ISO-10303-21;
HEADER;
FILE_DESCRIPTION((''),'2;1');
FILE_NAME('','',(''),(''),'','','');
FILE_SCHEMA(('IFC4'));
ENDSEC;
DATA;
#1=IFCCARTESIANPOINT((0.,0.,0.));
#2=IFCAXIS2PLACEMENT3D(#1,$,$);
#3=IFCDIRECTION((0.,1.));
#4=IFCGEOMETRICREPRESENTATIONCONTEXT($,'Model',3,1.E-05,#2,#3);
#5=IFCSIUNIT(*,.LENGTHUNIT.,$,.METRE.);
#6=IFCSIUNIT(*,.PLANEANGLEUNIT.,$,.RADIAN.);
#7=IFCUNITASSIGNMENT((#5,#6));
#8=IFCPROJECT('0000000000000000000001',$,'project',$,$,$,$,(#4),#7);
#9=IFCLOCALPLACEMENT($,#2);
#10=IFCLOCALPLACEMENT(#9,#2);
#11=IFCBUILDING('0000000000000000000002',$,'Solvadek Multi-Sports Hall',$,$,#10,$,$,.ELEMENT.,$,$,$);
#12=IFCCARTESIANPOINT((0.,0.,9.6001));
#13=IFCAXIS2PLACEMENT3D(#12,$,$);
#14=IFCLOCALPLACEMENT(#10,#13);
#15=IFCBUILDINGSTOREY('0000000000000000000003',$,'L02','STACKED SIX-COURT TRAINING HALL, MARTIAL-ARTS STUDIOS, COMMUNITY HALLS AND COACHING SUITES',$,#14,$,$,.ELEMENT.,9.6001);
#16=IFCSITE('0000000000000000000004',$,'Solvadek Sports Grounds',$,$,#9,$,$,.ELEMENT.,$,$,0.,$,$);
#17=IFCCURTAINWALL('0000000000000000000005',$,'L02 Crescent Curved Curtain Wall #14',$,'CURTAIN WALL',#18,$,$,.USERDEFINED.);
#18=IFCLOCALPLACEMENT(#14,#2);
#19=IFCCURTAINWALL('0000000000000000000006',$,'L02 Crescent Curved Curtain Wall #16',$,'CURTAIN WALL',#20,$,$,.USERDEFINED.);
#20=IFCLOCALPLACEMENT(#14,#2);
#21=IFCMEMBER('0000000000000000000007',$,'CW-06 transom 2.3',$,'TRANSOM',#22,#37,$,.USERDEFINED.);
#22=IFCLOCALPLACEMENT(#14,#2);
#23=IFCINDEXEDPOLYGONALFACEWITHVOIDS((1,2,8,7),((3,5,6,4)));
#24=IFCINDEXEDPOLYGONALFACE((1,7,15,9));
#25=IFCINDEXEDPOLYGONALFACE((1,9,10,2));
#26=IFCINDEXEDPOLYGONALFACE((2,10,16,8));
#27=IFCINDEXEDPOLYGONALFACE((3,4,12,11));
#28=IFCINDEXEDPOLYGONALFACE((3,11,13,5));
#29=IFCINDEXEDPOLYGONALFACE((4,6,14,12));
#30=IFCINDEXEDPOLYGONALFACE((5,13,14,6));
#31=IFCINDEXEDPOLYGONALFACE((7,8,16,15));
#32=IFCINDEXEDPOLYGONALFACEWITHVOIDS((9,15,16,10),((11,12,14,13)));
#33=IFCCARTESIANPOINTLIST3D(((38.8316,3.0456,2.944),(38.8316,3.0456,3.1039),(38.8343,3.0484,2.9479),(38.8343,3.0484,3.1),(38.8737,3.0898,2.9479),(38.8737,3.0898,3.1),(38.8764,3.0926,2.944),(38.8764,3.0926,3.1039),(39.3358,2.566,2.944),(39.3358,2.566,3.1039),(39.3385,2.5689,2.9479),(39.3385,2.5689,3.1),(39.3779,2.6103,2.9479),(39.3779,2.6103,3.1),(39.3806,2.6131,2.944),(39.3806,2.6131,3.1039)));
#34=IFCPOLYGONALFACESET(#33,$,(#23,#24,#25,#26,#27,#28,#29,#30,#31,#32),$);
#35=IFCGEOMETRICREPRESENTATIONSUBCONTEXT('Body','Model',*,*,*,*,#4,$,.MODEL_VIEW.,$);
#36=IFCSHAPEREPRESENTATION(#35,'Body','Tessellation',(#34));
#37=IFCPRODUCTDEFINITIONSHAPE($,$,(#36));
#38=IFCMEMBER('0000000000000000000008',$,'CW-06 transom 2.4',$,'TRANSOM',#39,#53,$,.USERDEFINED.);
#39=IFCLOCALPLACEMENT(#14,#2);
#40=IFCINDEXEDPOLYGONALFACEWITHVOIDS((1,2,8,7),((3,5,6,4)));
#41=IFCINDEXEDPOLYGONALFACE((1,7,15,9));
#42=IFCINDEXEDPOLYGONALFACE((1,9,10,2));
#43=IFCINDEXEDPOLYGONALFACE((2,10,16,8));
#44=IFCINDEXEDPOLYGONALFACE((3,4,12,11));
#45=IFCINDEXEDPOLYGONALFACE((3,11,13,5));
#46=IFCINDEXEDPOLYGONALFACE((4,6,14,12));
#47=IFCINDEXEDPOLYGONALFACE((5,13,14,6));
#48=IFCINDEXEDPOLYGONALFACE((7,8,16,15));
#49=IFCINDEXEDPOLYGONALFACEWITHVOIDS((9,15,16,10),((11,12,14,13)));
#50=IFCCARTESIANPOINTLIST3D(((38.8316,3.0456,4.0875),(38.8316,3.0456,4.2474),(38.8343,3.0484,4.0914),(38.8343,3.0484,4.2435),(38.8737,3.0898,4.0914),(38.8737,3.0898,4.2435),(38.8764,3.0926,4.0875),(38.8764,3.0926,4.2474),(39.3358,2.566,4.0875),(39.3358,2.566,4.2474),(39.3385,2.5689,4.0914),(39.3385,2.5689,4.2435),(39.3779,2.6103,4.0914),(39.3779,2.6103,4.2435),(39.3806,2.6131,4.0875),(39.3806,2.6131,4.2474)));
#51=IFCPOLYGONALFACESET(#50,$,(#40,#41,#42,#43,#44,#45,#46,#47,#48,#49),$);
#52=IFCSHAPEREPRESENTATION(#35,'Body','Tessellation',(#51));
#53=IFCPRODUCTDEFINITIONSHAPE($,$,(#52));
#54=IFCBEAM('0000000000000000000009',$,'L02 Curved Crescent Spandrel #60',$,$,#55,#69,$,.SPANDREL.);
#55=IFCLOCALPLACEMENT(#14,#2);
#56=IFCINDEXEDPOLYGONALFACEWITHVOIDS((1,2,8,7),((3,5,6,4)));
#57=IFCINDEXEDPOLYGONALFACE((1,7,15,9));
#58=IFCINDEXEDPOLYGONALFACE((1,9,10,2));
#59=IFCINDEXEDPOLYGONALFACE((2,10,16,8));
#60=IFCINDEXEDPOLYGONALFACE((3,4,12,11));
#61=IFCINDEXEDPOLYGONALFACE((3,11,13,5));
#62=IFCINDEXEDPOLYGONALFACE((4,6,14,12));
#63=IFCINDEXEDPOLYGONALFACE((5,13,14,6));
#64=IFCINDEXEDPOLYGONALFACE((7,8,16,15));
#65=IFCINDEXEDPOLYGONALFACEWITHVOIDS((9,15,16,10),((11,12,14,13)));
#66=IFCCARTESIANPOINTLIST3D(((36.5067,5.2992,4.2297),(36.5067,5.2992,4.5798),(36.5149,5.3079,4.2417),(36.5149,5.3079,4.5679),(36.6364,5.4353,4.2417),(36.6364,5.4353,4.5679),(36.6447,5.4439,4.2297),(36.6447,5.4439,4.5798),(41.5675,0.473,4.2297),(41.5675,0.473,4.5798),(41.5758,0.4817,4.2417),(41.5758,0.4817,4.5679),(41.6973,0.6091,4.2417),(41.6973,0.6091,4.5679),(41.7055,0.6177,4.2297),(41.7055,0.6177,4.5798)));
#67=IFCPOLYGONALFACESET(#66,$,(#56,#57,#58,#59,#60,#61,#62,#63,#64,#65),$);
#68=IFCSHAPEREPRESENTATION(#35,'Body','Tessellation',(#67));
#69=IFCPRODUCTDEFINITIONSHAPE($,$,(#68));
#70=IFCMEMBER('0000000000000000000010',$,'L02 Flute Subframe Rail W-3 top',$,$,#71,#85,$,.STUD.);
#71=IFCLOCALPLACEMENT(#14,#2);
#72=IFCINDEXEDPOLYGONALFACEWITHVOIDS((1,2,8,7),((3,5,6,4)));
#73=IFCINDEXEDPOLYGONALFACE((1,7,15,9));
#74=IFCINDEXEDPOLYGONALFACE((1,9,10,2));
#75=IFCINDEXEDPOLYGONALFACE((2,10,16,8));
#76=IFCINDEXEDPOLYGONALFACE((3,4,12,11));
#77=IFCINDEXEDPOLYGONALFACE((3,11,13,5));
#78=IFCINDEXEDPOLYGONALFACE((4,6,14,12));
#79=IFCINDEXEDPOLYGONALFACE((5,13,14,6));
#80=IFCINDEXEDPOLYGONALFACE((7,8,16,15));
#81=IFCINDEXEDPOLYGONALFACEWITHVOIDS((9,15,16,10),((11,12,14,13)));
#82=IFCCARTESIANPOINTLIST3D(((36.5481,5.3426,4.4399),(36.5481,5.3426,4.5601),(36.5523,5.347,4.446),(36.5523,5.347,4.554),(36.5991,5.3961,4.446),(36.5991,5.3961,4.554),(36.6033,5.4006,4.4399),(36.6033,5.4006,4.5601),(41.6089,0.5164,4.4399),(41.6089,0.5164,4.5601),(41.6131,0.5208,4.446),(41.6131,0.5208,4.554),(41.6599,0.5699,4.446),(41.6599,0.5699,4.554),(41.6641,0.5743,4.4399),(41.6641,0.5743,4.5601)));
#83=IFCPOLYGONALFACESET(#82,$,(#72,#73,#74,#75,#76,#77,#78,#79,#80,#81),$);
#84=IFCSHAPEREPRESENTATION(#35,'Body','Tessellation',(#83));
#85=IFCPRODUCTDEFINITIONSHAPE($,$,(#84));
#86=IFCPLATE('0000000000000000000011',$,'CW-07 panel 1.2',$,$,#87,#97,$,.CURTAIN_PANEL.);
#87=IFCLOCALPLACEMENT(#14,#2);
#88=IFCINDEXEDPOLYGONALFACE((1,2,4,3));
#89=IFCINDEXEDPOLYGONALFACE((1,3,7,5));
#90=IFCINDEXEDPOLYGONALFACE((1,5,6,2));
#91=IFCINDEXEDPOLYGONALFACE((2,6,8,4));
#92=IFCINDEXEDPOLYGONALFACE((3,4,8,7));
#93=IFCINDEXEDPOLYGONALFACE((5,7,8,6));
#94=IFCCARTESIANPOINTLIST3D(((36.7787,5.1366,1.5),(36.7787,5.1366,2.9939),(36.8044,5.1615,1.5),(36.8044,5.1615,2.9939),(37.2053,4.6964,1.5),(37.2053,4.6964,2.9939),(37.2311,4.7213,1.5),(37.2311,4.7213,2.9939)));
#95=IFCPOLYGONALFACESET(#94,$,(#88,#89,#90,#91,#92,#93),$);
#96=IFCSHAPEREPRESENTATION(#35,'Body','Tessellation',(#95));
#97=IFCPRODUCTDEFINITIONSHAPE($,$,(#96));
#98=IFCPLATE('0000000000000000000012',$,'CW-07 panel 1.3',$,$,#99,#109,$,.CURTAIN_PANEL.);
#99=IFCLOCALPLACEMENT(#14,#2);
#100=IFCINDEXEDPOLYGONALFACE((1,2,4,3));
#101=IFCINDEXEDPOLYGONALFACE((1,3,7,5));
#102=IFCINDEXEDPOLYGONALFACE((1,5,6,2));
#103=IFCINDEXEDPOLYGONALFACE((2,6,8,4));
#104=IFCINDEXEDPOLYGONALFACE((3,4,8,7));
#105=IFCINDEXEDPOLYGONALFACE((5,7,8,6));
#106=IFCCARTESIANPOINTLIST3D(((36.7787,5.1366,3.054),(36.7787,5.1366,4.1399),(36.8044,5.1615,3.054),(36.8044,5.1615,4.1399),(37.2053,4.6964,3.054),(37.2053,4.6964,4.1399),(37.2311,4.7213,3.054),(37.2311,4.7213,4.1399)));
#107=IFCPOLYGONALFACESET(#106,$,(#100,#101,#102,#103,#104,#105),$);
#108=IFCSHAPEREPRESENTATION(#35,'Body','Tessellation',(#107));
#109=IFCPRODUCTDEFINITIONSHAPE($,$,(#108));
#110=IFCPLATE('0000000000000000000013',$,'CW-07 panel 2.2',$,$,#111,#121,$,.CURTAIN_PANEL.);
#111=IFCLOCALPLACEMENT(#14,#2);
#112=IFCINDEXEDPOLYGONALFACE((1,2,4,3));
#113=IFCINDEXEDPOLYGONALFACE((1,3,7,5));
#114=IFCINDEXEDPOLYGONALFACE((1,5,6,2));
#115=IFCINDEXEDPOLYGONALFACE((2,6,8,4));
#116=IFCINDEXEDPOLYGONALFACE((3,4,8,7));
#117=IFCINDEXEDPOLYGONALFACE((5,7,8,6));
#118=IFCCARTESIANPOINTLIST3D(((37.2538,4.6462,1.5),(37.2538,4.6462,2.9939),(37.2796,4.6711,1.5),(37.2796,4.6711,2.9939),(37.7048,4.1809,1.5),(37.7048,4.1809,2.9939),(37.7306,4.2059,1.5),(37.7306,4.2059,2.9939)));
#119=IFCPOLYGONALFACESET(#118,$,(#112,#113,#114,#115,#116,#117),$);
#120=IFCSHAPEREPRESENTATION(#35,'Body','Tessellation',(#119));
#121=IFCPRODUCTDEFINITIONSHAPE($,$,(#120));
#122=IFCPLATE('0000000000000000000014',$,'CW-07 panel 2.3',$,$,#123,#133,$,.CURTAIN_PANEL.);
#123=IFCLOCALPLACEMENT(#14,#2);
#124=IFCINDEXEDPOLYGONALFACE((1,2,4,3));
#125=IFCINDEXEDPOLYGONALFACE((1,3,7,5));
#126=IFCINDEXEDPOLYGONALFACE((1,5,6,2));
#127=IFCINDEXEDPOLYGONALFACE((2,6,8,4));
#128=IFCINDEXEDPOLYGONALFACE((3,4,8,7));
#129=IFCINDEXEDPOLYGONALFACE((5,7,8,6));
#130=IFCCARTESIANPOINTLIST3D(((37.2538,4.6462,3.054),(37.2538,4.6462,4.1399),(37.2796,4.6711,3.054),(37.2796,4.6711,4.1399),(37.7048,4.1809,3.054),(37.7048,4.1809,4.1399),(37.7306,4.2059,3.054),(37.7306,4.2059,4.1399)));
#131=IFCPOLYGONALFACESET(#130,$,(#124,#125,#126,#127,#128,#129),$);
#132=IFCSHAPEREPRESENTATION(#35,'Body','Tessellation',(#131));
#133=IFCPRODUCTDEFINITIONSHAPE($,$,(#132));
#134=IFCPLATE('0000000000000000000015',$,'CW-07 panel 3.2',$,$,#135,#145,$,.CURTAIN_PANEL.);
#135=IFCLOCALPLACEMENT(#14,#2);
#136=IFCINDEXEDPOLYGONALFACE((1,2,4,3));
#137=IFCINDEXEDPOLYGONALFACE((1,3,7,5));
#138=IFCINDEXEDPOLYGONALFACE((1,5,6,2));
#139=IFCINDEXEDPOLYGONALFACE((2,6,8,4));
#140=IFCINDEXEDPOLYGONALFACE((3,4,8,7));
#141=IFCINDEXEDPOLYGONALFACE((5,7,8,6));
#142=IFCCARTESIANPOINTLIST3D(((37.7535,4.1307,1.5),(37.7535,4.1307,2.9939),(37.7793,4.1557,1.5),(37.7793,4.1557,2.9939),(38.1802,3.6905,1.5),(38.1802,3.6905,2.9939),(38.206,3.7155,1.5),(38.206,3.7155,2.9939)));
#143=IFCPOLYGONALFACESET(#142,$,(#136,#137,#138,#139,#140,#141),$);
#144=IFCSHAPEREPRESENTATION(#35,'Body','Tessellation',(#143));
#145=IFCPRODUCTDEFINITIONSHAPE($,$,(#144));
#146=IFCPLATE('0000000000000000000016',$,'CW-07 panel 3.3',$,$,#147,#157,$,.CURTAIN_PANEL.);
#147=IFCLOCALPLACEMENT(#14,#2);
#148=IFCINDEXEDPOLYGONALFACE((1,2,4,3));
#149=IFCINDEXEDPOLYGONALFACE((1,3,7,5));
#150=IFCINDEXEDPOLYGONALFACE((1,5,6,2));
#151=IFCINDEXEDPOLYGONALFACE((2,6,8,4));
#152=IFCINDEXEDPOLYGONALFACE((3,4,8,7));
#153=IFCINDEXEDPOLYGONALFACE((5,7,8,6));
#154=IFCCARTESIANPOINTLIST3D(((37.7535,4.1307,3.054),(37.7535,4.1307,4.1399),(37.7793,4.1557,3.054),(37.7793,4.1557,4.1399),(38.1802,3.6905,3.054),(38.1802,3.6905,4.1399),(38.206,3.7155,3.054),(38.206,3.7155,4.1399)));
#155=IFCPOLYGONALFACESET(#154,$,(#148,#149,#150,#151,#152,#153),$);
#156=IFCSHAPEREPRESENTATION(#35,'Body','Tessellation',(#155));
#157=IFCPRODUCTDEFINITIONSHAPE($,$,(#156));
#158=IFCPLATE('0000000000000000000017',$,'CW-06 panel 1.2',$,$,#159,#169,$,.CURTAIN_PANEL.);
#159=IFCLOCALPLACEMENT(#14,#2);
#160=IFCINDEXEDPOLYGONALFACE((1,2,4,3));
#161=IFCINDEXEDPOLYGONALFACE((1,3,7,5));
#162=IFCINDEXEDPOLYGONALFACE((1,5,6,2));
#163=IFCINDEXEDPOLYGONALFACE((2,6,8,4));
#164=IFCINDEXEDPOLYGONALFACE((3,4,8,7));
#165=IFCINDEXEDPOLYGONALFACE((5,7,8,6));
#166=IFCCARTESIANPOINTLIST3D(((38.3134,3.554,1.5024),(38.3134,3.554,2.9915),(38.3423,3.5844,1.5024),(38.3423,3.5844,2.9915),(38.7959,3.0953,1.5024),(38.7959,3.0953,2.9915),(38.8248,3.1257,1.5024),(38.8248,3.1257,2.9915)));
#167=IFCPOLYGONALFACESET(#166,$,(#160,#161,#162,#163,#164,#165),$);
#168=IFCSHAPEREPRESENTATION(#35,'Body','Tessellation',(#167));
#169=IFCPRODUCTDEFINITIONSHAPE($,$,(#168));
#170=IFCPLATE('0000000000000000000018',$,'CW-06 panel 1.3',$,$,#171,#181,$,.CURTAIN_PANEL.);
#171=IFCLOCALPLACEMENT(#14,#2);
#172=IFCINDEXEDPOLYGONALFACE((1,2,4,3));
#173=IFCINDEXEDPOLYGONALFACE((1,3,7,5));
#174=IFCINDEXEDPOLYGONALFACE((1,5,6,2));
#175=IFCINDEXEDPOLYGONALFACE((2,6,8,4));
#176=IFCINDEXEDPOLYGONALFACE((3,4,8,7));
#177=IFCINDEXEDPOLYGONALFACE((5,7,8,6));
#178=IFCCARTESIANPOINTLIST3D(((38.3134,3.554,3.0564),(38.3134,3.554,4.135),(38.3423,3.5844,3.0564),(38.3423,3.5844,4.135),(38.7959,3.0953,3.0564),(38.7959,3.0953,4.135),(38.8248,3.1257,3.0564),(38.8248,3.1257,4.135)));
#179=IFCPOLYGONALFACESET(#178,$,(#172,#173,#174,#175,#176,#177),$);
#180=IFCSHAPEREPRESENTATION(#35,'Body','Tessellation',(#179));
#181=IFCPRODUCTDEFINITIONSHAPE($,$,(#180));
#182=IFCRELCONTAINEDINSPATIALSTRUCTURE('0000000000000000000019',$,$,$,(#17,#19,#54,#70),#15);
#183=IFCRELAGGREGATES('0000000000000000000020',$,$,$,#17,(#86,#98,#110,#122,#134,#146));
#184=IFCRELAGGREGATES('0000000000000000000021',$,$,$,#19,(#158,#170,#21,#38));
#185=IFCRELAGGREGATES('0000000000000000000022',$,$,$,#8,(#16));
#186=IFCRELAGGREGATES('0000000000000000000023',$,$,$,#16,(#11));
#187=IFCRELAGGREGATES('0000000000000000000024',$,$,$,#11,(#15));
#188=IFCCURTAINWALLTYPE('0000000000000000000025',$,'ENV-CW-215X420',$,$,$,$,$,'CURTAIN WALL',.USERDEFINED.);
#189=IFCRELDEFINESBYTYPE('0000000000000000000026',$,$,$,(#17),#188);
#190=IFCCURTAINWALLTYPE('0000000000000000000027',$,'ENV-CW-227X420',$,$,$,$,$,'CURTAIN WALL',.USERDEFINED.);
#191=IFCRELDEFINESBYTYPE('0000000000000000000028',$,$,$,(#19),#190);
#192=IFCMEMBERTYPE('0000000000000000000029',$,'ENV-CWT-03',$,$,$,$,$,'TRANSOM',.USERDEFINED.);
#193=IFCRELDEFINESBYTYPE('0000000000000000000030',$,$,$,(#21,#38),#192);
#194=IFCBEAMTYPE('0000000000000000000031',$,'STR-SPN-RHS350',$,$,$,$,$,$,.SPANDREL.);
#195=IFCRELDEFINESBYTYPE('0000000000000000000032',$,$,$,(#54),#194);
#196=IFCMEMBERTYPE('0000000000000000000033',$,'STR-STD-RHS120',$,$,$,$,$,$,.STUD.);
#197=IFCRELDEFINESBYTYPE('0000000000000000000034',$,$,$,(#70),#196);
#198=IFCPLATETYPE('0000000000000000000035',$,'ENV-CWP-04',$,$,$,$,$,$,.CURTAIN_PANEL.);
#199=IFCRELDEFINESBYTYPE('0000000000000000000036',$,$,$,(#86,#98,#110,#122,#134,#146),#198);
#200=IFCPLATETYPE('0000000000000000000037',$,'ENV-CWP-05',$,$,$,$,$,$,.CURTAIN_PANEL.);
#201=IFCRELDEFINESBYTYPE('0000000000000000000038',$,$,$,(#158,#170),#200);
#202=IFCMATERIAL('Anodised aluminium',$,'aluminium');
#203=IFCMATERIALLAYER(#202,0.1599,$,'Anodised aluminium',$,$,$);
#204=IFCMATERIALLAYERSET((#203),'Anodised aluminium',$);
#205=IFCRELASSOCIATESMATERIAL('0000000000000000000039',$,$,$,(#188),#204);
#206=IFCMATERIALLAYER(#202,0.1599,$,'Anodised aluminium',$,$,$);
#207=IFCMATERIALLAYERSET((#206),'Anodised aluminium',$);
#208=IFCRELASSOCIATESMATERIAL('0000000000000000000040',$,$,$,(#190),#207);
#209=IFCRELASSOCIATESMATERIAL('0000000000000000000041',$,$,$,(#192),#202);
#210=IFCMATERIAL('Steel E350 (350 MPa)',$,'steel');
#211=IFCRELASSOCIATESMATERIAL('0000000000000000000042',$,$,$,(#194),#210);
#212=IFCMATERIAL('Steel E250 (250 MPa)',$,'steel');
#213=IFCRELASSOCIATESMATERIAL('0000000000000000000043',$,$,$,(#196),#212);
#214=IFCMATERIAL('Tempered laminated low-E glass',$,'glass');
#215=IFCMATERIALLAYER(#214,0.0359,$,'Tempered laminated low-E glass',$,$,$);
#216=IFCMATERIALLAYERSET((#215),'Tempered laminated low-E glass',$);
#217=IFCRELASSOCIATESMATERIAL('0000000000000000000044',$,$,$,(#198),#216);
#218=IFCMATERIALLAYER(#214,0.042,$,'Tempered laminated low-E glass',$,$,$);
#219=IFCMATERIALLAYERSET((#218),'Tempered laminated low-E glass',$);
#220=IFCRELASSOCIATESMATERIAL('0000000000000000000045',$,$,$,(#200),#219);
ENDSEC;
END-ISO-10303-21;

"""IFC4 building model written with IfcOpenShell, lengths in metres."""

from ifc_helpers import new_model, si_unit, direction, frame, origin, origin_2d, place, context, subcontext, project, spatial, rectangle, hollow_rectangle, extrude, material, layer, layer_set, material_profile, profile_set, type_object, element, aggregate, save


model = new_model("IFC4")

# Units and contexts
model_context = context("Model", 3, precision=1e-05, world=origin(), true_north=direction((0.0, 1.0)))
body_context = subcontext(model_context, "Body", "Model", "MODEL_VIEW")
ifc_project = project(units=[si_unit("LENGTHUNIT", "METRE"), si_unit("PLANEANGLEUNIT", "RADIAN")], contexts=[model_context])

# Site, building, storey
site_placement = place(None, origin())
site = spatial("IfcSite", under=ifc_project, at=site_placement, Name="Solvadek Sports Grounds", CompositionType="ELEMENT", RefElevation=0.0)
building_placement = place(site_placement, origin())
building = spatial("IfcBuilding", under=site, at=building_placement, Name="Solvadek Multi-Sports Hall", CompositionType="ELEMENT")
storey_placement = place(building_placement, frame((0.0, 0.0, 9.6001)))
storey = spatial("IfcBuildingStorey", under=building, at=storey_placement, Name="L02", Description="STACKED SIX-COURT TRAINING HALL, MARTIAL-ARTS STUDIOS, COMMUNITY HALLS AND COACHING SUITES", CompositionType="ELEMENT", Elevation=9.6001)

# Curtain walls, members
ifc_material_1 = material(Name="Anodised aluminium", Category="aluminium")
ifc_layer_1 = layer(ifc_material_1, 0.1599, Name="Anodised aluminium")
ifc_layer_set_1 = layer_set([ifc_layer_1], Name="Anodised aluminium")
curtain_wall_type_1 = type_object("IfcCurtainWallType", Name="ENV-CW-215X420", ElementType="CURTAIN WALL", PredefinedType="USERDEFINED", material=ifc_layer_set_1)
curtain_wall_1_placement = place(storey_placement, origin())
curtain_wall_1 = element("IfcCurtainWall", 1, at=curtain_wall_1_placement, inside=storey, type_object=curtain_wall_type_1, Name="L02 Crescent Curved Curtain Wall #14", ObjectType="CURTAIN WALL", PredefinedType="USERDEFINED")
ifc_layer_2 = layer(ifc_material_1, 0.1599, Name="Anodised aluminium")
ifc_layer_set_2 = layer_set([ifc_layer_2], Name="Anodised aluminium")
curtain_wall_type_2 = type_object("IfcCurtainWallType", Name="ENV-CW-227X420", ElementType="CURTAIN WALL", PredefinedType="USERDEFINED", material=ifc_layer_set_2)
curtain_wall_2_placement = place(storey_placement, origin())
curtain_wall_2 = element("IfcCurtainWall", 2, at=curtain_wall_2_placement, inside=storey, type_object=curtain_wall_type_2, Name="L02 Crescent Curved Curtain Wall #16", ObjectType="CURTAIN WALL", PredefinedType="USERDEFINED")
ifc_material_profile_1 = material_profile(ifc_material_1, hollow_rectangle(XDim=0.0649, YDim=0.1599, WallThickness=0.0039, at=origin_2d()), Name="ALU-T 160x65x4")
ifc_profile_set_1 = profile_set([ifc_material_profile_1], Name="Anodised aluminium")
member_type_1 = type_object("IfcMemberType", Name="ENV-CWT-03", ElementType="TRANSOM", PredefinedType="USERDEFINED", material=ifc_profile_set_1)
member_1_placement = place(storey_placement, frame((38.854, 3.0691, 3.0239), z_axis=(0.724605, -0.689164, 0.0), x_axis=(0.689164, 0.724605, 0.0)))
member_1 = element("IfcMember", 3, at=member_1_placement, type_object=member_type_1, Name="CW-06 transom 2.3", ObjectType="TRANSOM", PredefinedType="USERDEFINED", context=body_context, shape_type="SweptSolid", body=[
    extrude(hollow_rectangle(XDim=0.0649, YDim=0.1599, WallThickness=0.0039, at=origin_2d()), origin(), (0.0, 0.0, 1.0), 0.6958),
])
member_2_placement = place(storey_placement, frame((38.854, 3.0691, 4.1675), z_axis=(0.724605, -0.689164, 0.0), x_axis=(0.689164, 0.724605, 0.0)))
member_2 = element("IfcMember", 4, at=member_2_placement, type_object=member_type_1, Name="CW-06 transom 2.4", ObjectType="TRANSOM", PredefinedType="USERDEFINED", context=body_context, shape_type="SweptSolid", body=[
    extrude(hollow_rectangle(XDim=0.0649, YDim=0.1599, WallThickness=0.0039, at=origin_2d()), origin(), (0.0, 0.0, 1.0), 0.6958),
])

# Beam
ifc_material_2 = material(Name="Steel E350 (350 MPa)", Category="steel")
ifc_material_profile_2 = material_profile(ifc_material_2, hollow_rectangle(XDim=0.2, YDim=0.3501, WallThickness=0.012, at=origin_2d()), Name="RHS 350x200x12")
ifc_profile_set_2 = profile_set([ifc_material_profile_2], Name="Steel E350 (350 MPa)")
beam_type = type_object("IfcBeamType", Name="STR-SPN-RHS350", PredefinedType="SPANDREL", material=ifc_profile_set_2)
beam_placement = place(storey_placement, frame((36.5757, 5.3716, 4.4048), z_axis=(0.723683, -0.690133, 0.0), x_axis=(0.690133, 0.723683, 0.0)))
element("IfcBeam", 5, at=beam_placement, inside=storey, type_object=beam_type, Name="L02 Curved Crescent Spandrel #60", PredefinedType="SPANDREL", context=body_context, shape_type="SweptSolid", body=[
    extrude(hollow_rectangle(XDim=0.2, YDim=0.3501, WallThickness=0.012, at=origin_2d()), origin(), (0.0, 0.0, 1.0), 6.9932),
])

# Member
ifc_material_3 = material(Name="Steel E250 (250 MPa)", Category="steel")
ifc_material_profile_3 = material_profile(ifc_material_3, hollow_rectangle(XDim=0.0801, YDim=0.1201, WallThickness=0.0061, at=origin_2d()), Name="RHS 120x80x6")
ifc_profile_set_3 = profile_set([ifc_material_profile_3], Name="Steel E250 (250 MPa)")
member_type_2 = type_object("IfcMemberType", Name="STR-STD-RHS120", PredefinedType="STUD", material=ifc_profile_set_3)
member_3_placement = place(storey_placement, frame((36.5757, 5.3716, 4.5), z_axis=(0.723683, -0.690133, 0.0), x_axis=(0.690133, 0.723683, 0.0)))
element("IfcMember", 6, at=member_3_placement, inside=storey, type_object=member_type_2, Name="L02 Flute Subframe Rail W-3 top", PredefinedType="STUD", context=body_context, shape_type="SweptSolid", body=[
    extrude(hollow_rectangle(XDim=0.0801, YDim=0.1201, WallThickness=0.0061, at=origin_2d()), origin(), (0.0, 0.0, 1.0), 6.9932),
])

# Plates
ifc_material_4 = material(Name="Tempered laminated low-E glass", Category="glass")
ifc_layer_3 = layer(ifc_material_4, 0.0359, Name="Tempered laminated low-E glass")
ifc_layer_set_3 = layer_set([ifc_layer_3], Name="Tempered laminated low-E glass")
plate_type_1 = type_object("IfcPlateType", Name="ENV-CWP-04", PredefinedType="CURTAIN_PANEL", material=ifc_layer_set_3)
plate_1_placement = place(storey_placement, frame((37.0049, 4.929, 1.5), z_axis=(0.0, 0.0, 1.0), x_axis=(0.695994, -0.718048, 0.0)))
plate_1 = element("IfcPlate", 7, at=plate_1_placement, type_object=plate_type_1, Name="CW-07 panel 1.2", PredefinedType="CURTAIN_PANEL", context=body_context, shape_type="SweptSolid", body=[
    extrude(rectangle(XDim=0.613, YDim=0.0359, at=origin_2d()), origin(), (0.0, 0.0, 1.0), 1.4939),
])
plate_2_placement = place(storey_placement, frame((37.0049, 4.929, 3.054), z_axis=(0.0, 0.0, 1.0), x_axis=(0.695994, -0.718048, 0.0)))
plate_2 = element("IfcPlate", 8, at=plate_2_placement, type_object=plate_type_1, Name="CW-07 panel 1.3", PredefinedType="CURTAIN_PANEL", context=body_context, shape_type="SweptSolid", body=[
    extrude(rectangle(XDim=0.613, YDim=0.0359, at=origin_2d()), origin(), (0.0, 0.0, 1.0), 1.0859),
])
plate_3_placement = place(storey_placement, frame((37.4922, 4.426, 1.5), z_axis=(0.0, 0.0, 1.0), x_axis=(0.695994, -0.718048, 0.0)))
plate_3 = element("IfcPlate", 9, at=plate_3_placement, type_object=plate_type_1, Name="CW-07 panel 2.2", PredefinedType="CURTAIN_PANEL", context=body_context, shape_type="SweptSolid", body=[
    extrude(rectangle(XDim=0.6479, YDim=0.0359, at=origin_2d()), origin(), (0.0, 0.0, 1.0), 1.4939),
])
plate_4_placement = place(storey_placement, frame((37.4922, 4.426, 3.054), z_axis=(0.0, 0.0, 1.0), x_axis=(0.695994, -0.718048, 0.0)))
plate_4 = element("IfcPlate", 10, at=plate_4_placement, type_object=plate_type_1, Name="CW-07 panel 2.3", PredefinedType="CURTAIN_PANEL", context=body_context, shape_type="SweptSolid", body=[
    extrude(rectangle(XDim=0.6479, YDim=0.0359, at=origin_2d()), origin(), (0.0, 0.0, 1.0), 1.0859),
])
plate_5_placement = place(storey_placement, frame((37.9797, 3.9231, 1.5), z_axis=(0.0, 0.0, 1.0), x_axis=(0.695994, -0.718048, 0.0)))
plate_5 = element("IfcPlate", 11, at=plate_5_placement, type_object=plate_type_1, Name="CW-07 panel 3.2", PredefinedType="CURTAIN_PANEL", context=body_context, shape_type="SweptSolid", body=[
    extrude(rectangle(XDim=0.613, YDim=0.0359, at=origin_2d()), origin(), (0.0, 0.0, 1.0), 1.4939),
])
plate_6_placement = place(storey_placement, frame((37.9797, 3.9231, 3.054), z_axis=(0.0, 0.0, 1.0), x_axis=(0.695994, -0.718048, 0.0)))
plate_6 = element("IfcPlate", 12, at=plate_6_placement, type_object=plate_type_1, Name="CW-07 panel 3.3", PredefinedType="CURTAIN_PANEL", context=body_context, shape_type="SweptSolid", body=[
    extrude(rectangle(XDim=0.613, YDim=0.0359, at=origin_2d()), origin(), (0.0, 0.0, 1.0), 1.0859),
])
aggregate(curtain_wall_1, [plate_1, plate_2, plate_3, plate_4, plate_5, plate_6])
ifc_layer_4 = layer(ifc_material_4, 0.042, Name="Tempered laminated low-E glass")
ifc_layer_set_4 = layer_set([ifc_layer_4], Name="Tempered laminated low-E glass")
plate_type_2 = type_object("IfcPlateType", Name="ENV-CWP-05", PredefinedType="CURTAIN_PANEL", material=ifc_layer_set_4)
plate_7_placement = place(storey_placement, frame((38.5691, 3.3398, 1.5024), z_axis=(0.0, 0.0, 1.0), x_axis=(0.724764, -0.688997, 0.0)))
plate_7 = element("IfcPlate", 13, at=plate_7_placement, type_object=plate_type_2, Name="CW-06 panel 1.2", PredefinedType="CURTAIN_PANEL", context=body_context, shape_type="SweptSolid", body=[
    extrude(rectangle(XDim=0.6658, YDim=0.042, at=origin_2d()), origin(), (0.0, 0.0, 1.0), 1.489),
])
plate_8_placement = place(storey_placement, frame((38.5691, 3.3398, 3.0564), z_axis=(0.0, 0.0, 1.0), x_axis=(0.724764, -0.688997, 0.0)))
plate_8 = element("IfcPlate", 14, at=plate_8_placement, type_object=plate_type_2, Name="CW-06 panel 1.3", PredefinedType="CURTAIN_PANEL", context=body_context, shape_type="SweptSolid", body=[
    extrude(rectangle(XDim=0.6658, YDim=0.042, at=origin_2d()), origin(), (0.0, 0.0, 1.0), 1.0786),
])
aggregate(curtain_wall_2, [plate_7, plate_8, member_1, member_2])

save(model, "model.ifc")
